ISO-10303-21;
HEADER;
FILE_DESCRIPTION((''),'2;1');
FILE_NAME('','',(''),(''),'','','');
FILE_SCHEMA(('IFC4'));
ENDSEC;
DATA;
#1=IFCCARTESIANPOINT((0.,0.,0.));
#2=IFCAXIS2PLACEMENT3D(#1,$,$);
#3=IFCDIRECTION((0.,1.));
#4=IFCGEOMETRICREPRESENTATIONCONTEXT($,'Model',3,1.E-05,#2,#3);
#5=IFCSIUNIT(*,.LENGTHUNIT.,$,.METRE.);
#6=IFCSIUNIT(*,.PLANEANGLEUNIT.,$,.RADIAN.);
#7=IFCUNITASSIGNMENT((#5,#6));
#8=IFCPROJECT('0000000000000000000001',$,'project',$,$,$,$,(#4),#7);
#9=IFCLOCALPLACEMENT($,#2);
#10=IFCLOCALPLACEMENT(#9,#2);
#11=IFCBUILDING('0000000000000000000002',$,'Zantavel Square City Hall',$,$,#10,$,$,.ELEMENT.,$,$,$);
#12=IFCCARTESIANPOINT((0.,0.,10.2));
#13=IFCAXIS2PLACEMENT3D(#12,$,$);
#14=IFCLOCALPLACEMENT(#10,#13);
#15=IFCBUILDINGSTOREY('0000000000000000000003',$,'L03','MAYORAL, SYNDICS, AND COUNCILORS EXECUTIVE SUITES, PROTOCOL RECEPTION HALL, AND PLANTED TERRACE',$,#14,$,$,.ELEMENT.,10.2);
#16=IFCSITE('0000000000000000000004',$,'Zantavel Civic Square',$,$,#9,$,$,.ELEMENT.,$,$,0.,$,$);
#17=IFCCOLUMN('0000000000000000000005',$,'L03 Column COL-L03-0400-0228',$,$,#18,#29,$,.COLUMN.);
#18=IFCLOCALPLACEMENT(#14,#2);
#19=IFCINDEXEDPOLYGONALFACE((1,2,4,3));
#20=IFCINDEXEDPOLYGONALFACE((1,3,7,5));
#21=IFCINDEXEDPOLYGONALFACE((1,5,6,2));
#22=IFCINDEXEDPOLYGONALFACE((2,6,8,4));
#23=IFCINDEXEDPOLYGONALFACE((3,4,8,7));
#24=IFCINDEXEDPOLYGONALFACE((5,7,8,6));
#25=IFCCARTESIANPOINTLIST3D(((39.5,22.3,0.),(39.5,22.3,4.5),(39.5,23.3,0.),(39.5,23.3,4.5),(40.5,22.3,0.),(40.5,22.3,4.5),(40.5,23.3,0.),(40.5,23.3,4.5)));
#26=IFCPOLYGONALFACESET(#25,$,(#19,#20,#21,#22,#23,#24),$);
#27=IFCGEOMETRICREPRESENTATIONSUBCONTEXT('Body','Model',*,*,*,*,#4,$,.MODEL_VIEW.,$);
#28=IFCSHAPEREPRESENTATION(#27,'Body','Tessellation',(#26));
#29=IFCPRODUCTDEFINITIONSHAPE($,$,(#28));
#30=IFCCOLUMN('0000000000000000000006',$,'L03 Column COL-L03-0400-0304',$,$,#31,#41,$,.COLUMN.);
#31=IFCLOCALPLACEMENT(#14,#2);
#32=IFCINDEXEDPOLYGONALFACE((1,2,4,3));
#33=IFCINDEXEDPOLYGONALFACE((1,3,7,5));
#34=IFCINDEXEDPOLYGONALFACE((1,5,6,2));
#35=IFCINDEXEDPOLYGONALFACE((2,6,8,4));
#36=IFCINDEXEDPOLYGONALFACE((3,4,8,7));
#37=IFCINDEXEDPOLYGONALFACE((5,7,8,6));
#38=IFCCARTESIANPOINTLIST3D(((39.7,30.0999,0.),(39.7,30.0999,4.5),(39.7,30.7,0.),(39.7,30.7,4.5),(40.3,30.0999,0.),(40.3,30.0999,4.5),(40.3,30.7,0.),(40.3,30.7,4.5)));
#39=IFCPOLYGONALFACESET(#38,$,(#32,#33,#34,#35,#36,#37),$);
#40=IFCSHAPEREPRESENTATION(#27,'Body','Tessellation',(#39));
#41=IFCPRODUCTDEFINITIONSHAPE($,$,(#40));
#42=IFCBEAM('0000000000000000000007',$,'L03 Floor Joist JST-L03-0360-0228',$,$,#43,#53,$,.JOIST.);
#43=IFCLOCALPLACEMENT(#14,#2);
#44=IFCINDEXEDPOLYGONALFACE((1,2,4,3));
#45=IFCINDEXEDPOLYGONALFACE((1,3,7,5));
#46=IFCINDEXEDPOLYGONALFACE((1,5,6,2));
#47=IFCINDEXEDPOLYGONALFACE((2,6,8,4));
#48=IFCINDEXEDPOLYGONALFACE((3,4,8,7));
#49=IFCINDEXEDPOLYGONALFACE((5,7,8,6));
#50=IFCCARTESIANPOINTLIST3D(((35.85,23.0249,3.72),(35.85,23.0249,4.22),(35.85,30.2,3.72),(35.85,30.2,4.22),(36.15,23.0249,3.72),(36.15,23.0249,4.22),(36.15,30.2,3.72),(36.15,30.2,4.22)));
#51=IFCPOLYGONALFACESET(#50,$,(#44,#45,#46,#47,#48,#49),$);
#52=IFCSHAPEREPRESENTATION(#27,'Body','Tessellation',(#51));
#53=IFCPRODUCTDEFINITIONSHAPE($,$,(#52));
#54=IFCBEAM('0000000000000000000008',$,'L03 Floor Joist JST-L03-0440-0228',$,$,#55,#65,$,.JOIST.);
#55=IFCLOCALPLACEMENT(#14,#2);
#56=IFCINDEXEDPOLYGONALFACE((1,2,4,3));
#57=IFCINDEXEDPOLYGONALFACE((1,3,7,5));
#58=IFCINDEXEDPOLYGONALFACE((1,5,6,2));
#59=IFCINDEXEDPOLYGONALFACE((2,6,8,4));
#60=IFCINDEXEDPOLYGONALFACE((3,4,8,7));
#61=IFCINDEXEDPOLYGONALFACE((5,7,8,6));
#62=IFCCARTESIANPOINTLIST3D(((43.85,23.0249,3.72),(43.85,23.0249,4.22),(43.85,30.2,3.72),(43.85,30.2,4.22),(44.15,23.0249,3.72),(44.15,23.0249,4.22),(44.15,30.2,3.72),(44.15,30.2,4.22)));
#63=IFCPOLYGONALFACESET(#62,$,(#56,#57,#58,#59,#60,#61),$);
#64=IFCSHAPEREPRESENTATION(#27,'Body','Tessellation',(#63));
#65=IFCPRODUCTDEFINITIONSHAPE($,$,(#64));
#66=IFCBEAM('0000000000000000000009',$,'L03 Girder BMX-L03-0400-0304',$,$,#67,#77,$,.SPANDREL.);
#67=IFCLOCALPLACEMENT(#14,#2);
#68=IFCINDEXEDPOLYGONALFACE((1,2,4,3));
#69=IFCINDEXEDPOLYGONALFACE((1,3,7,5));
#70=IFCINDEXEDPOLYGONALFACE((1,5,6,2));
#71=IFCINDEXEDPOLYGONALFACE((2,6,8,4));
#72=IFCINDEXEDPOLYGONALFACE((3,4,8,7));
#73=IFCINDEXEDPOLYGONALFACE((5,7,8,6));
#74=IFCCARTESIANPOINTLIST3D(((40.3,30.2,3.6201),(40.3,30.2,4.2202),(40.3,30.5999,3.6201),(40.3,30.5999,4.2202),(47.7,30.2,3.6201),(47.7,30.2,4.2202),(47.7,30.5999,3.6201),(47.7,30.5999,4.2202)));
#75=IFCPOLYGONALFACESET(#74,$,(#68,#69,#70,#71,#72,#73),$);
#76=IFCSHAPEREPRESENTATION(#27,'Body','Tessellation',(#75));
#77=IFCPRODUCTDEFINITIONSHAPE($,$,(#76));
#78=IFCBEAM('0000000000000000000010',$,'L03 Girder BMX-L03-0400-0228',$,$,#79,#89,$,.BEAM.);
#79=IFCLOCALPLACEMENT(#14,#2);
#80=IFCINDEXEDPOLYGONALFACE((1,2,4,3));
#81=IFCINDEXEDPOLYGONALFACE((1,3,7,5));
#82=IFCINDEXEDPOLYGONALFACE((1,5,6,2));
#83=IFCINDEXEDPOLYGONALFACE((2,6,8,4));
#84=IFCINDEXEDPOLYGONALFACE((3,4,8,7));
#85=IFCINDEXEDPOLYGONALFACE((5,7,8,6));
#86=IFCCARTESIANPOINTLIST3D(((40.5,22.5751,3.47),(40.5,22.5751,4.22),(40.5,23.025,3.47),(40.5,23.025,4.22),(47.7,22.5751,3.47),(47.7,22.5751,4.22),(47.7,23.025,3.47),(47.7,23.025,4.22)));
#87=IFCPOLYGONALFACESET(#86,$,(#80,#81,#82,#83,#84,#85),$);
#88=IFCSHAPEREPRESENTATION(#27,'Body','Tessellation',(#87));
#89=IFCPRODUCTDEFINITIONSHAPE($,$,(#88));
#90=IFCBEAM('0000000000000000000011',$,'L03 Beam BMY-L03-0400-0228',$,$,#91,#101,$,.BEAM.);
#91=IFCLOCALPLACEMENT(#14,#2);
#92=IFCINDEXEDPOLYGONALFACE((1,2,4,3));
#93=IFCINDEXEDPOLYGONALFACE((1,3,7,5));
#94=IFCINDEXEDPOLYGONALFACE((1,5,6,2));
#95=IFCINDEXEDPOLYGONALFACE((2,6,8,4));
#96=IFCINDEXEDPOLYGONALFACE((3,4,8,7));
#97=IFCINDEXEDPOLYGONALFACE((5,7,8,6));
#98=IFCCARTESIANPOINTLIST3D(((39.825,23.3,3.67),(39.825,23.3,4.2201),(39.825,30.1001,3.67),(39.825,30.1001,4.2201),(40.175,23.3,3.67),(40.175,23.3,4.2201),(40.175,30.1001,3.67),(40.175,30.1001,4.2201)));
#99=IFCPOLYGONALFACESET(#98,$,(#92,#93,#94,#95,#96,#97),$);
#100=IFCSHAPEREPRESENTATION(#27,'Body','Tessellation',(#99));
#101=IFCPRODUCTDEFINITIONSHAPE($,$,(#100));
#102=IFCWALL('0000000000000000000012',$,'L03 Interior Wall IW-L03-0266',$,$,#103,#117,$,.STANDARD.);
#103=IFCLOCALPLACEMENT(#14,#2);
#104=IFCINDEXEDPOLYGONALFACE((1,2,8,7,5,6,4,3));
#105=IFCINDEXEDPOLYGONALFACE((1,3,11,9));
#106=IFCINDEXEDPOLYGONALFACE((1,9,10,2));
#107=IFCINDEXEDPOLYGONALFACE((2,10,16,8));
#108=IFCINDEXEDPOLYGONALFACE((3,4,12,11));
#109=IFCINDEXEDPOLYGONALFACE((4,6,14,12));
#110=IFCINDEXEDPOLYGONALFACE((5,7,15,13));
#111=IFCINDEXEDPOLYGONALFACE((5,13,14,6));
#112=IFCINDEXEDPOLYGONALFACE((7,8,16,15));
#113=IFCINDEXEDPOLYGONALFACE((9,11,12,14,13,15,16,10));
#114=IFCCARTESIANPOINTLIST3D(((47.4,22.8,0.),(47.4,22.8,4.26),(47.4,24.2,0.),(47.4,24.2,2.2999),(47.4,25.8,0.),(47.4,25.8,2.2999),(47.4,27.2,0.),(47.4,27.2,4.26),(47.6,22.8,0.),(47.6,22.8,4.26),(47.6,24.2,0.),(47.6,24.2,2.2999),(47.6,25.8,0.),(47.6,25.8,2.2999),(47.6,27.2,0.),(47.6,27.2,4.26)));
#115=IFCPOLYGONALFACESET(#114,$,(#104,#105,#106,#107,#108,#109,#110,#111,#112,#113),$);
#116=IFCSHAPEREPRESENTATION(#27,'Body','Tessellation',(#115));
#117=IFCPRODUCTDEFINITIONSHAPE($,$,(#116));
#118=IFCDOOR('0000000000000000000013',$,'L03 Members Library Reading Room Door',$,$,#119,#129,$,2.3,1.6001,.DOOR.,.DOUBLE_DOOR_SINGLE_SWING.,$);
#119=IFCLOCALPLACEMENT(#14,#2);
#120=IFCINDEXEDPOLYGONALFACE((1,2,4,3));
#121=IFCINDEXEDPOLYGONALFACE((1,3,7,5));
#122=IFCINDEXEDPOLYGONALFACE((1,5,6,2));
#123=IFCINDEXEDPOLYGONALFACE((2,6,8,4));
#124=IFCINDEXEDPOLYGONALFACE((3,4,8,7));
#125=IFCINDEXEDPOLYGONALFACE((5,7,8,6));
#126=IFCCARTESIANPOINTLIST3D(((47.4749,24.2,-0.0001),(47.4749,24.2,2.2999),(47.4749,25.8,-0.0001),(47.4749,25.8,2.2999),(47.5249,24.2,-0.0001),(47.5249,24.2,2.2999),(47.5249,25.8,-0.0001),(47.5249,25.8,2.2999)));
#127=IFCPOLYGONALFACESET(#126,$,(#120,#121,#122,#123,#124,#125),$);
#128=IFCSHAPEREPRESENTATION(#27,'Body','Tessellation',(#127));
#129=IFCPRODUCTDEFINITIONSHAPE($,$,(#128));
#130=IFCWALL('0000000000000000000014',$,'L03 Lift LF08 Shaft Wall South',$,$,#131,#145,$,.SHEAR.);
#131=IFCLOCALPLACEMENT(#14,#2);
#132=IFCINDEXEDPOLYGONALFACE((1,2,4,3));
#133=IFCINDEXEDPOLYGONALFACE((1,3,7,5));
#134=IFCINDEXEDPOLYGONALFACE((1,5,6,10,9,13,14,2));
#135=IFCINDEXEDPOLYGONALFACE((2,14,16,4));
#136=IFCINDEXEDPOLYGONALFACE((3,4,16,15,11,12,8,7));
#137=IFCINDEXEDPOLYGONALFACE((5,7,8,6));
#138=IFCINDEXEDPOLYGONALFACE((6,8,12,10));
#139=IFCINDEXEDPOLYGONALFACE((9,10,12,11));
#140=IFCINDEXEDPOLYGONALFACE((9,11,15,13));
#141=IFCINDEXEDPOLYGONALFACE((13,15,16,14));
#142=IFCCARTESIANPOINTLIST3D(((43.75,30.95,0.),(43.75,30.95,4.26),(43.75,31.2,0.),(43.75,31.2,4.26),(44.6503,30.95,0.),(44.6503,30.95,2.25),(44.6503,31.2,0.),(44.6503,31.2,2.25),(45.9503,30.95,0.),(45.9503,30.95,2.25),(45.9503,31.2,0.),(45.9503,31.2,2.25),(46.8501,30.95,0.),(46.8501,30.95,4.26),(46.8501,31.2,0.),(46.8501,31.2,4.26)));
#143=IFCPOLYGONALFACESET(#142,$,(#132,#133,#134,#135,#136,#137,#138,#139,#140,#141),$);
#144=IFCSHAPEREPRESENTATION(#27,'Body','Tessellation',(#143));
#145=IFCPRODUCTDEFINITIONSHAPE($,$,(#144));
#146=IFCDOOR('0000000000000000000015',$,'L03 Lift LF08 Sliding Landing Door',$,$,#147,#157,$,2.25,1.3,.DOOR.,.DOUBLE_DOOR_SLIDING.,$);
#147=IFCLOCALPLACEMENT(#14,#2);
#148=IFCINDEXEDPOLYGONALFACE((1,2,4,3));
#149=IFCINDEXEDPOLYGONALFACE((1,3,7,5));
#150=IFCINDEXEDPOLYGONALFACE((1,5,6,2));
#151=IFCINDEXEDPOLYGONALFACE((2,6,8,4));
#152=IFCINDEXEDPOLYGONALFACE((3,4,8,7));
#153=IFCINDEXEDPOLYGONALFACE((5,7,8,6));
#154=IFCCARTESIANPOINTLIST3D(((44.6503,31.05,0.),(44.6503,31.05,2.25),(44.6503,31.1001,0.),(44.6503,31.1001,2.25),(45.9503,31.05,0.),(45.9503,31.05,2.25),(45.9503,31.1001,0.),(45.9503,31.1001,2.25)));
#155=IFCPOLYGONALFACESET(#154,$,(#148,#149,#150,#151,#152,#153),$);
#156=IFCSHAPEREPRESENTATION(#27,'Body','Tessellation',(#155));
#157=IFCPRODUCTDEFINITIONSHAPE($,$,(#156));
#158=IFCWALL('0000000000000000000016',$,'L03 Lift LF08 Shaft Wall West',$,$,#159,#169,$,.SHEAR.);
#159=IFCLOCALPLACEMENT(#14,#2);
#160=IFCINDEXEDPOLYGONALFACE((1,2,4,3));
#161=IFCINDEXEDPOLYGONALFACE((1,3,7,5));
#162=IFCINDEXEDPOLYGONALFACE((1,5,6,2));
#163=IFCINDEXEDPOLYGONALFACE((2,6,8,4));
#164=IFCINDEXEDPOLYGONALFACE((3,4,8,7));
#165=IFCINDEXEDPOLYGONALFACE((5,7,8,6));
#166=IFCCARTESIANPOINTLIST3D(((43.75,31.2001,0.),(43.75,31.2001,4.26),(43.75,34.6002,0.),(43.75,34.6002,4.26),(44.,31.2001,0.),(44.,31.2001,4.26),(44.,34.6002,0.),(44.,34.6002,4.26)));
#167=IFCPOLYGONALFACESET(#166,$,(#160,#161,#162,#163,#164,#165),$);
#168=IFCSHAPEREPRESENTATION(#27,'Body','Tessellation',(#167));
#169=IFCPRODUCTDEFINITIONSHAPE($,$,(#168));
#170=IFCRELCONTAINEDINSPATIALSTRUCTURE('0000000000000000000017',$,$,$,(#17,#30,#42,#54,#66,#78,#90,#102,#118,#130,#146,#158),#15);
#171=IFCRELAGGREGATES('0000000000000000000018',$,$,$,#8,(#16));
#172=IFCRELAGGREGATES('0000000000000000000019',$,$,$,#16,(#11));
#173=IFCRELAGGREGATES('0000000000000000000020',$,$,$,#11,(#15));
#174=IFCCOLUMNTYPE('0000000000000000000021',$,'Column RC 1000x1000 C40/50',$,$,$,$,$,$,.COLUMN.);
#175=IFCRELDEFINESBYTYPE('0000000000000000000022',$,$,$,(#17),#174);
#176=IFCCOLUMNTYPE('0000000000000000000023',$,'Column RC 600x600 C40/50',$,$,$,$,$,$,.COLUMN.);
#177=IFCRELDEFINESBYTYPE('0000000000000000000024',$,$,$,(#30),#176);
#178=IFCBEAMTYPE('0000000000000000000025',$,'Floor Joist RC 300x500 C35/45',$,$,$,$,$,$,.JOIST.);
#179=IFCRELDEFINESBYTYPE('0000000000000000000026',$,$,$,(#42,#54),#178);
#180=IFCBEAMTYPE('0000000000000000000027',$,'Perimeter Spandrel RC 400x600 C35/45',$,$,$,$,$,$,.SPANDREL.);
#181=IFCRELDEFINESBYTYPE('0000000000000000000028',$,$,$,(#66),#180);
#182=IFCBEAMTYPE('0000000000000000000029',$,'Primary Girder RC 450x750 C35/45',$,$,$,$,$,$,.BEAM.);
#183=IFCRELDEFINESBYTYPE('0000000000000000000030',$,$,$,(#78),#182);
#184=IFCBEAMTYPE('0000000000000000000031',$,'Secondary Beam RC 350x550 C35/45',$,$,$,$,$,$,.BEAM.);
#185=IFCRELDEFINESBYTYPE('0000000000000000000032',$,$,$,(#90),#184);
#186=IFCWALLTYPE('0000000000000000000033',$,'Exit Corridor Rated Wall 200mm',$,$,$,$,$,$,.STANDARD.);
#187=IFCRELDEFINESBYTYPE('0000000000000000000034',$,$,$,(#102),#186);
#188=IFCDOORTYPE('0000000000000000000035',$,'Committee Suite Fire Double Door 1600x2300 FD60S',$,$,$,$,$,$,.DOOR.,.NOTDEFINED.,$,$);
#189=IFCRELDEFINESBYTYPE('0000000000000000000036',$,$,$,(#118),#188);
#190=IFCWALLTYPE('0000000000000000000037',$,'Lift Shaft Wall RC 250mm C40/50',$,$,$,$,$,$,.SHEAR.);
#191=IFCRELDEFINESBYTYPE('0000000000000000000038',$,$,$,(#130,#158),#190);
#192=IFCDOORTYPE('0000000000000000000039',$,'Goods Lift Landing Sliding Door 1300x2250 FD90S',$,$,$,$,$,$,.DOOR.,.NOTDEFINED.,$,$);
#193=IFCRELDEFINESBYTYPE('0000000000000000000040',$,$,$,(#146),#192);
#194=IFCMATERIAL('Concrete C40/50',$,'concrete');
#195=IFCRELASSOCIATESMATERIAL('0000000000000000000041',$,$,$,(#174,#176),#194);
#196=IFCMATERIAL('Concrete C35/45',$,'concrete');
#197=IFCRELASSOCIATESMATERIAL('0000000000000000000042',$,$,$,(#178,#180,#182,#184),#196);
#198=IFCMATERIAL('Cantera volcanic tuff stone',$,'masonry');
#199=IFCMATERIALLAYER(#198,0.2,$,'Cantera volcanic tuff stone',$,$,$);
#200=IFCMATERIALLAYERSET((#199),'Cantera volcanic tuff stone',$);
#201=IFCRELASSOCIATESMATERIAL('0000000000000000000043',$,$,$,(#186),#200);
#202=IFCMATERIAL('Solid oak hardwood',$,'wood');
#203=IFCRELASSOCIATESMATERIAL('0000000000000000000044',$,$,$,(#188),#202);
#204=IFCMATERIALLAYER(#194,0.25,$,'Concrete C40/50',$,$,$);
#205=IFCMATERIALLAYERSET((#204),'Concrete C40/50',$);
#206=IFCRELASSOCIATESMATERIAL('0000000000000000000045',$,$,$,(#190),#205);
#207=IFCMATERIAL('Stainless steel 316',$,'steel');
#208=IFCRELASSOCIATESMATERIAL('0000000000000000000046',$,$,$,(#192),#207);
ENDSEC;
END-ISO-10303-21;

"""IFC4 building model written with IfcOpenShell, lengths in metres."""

from ifc_helpers import new_model, si_unit, direction, frame, frame_2d, origin, origin_2d, place, context, subcontext, project, spatial, rectangle, extrude, material, layer, layer_set, material_profile, profile_set, type_object, element, fill, save


model = new_model("IFC4")

# Units and contexts
model_context = context("Model", 3, precision=1e-05, world=origin(), true_north=direction((0.0, 1.0)))
body_context = subcontext(model_context, "Body", "Model", "MODEL_VIEW")
ifc_project = project(units=[si_unit("LENGTHUNIT", "METRE"), si_unit("PLANEANGLEUNIT", "RADIAN")], contexts=[model_context])

# Site, building, storey
site_placement = place(None, origin())
site = spatial("IfcSite", under=ifc_project, at=site_placement, Name="Zantavel Civic Square", CompositionType="ELEMENT", RefElevation=0.0)
building_placement = place(site_placement, origin())
building = spatial("IfcBuilding", under=site, at=building_placement, Name="Zantavel Square City Hall", CompositionType="ELEMENT")
storey_placement = place(building_placement, frame((0.0, 0.0, 10.2)))
storey = spatial("IfcBuildingStorey", under=building, at=storey_placement, Name="L03", Description="MAYORAL, SYNDICS, AND COUNCILORS EXECUTIVE SUITES, PROTOCOL RECEPTION HALL, AND PLANTED TERRACE", CompositionType="ELEMENT", Elevation=10.2)

# Columns
ifc_material_1 = material(Name="Concrete C40/50", Category="concrete")
ifc_material_profile_1 = material_profile(ifc_material_1, rectangle(XDim=1.0, YDim=1.0, at=origin_2d()), Name="RC 1000x1000")
ifc_profile_set_1 = profile_set([ifc_material_profile_1], Name="Concrete C40/50")
column_type_1 = type_object("IfcColumnType", Name="Column RC 1000x1000 C40/50", PredefinedType="COLUMN", material=ifc_profile_set_1)
column_1_placement = place(storey_placement, frame((40.0, 22.8, 0.0), z_axis=(0.0, 0.0, 1.0), x_axis=(1.0, 0.0, 0.0)))
element("IfcColumn", 1, at=column_1_placement, inside=storey, type_object=column_type_1, Name="L03 Column COL-L03-0400-0228", PredefinedType="COLUMN", context=body_context, shape_type="SweptSolid", body=[
    extrude(rectangle(XDim=1.0, YDim=1.0, at=origin_2d()), origin(), (0.0, 0.0, 1.0), 4.5),
])
ifc_material_profile_2 = material_profile(ifc_material_1, rectangle(XDim=0.6001, YDim=0.6001, at=origin_2d()), Name="RC 600x600")
ifc_profile_set_2 = profile_set([ifc_material_profile_2], Name="Concrete C40/50")
column_type_2 = type_object("IfcColumnType", Name="Column RC 600x600 C40/50", PredefinedType="COLUMN", material=ifc_profile_set_2)
column_2_placement = place(storey_placement, frame((40.0, 30.3999, 0.0), z_axis=(0.0, 0.0, 1.0), x_axis=(1.0, 0.0, 0.0)))
element("IfcColumn", 2, at=column_2_placement, inside=storey, type_object=column_type_2, Name="L03 Column COL-L03-0400-0304", PredefinedType="COLUMN", context=body_context, shape_type="SweptSolid", body=[
    extrude(rectangle(XDim=0.6001, YDim=0.6001, at=origin_2d()), origin(), (0.0, 0.0, 1.0), 4.5),
])

# Beams
ifc_material_2 = material(Name="Concrete C35/45", Category="concrete")
ifc_material_profile_3 = material_profile(ifc_material_2, rectangle(XDim=0.3, YDim=0.5, at=origin_2d()), Name="RC 300x500")
ifc_profile_set_3 = profile_set([ifc_material_profile_3], Name="Concrete C35/45")
beam_type_1 = type_object("IfcBeamType", Name="Floor Joist RC 300x500 C35/45", PredefinedType="JOIST", material=ifc_profile_set_3)
for number, where, z_axis, x_axis, name in (
    (3, (36.0, 23.0249, 3.97), (0.0, 1.0, 0.0), (-1.0, 0.0, 0.0), "L03 Floor Joist JST-L03-0360-0228"),
    (4, (44.0, 23.0249, 3.97), (0.0, 1.0, 0.0), (-1.0, 0.0, 0.0), "L03 Floor Joist JST-L03-0440-0228"),
):
    element("IfcBeam", number, at=place(storey_placement, frame(where, z_axis=z_axis, x_axis=x_axis)), inside=storey, type_object=beam_type_1, Name=name, PredefinedType="JOIST", context=body_context, shape_type="SweptSolid", body=[
        extrude(rectangle(XDim=0.3, YDim=0.5, at=origin_2d()), origin(), (0.0, 0.0, 1.0), 7.175),
    ])
ifc_material_profile_4 = material_profile(ifc_material_2, rectangle(XDim=0.3999, YDim=0.6001, at=origin_2d()), Name="RC 400x600")
ifc_profile_set_4 = profile_set([ifc_material_profile_4], Name="Concrete C35/45")
beam_type_2 = type_object("IfcBeamType", Name="Perimeter Spandrel RC 400x600 C35/45", PredefinedType="SPANDREL", material=ifc_profile_set_4)
beam_1_placement = place(storey_placement, frame((40.3, 30.3999, 3.9202), z_axis=(1.0, 0.0, 0.0), x_axis=(0.0, 1.0, 0.0)))
element("IfcBeam", 5, at=beam_1_placement, inside=storey, type_object=beam_type_2, Name="L03 Girder BMX-L03-0400-0304", PredefinedType="SPANDREL", context=body_context, shape_type="SweptSolid", body=[
    extrude(rectangle(XDim=0.3999, YDim=0.6001, at=origin_2d()), origin(), (0.0, 0.0, 1.0), 7.3999),
])
ifc_material_profile_5 = material_profile(ifc_material_2, rectangle(XDim=0.45, YDim=0.75, at=origin_2d()), Name="RC 450x750")
ifc_profile_set_5 = profile_set([ifc_material_profile_5], Name="Concrete C35/45")
beam_type_3 = type_object("IfcBeamType", Name="Primary Girder RC 450x750 C35/45", PredefinedType="BEAM", material=ifc_profile_set_5)
beam_2_placement = place(storey_placement, frame((40.5, 22.8, 3.845), z_axis=(1.0, 0.0, 0.0), x_axis=(0.0, 1.0, 0.0)))
element("IfcBeam", 6, at=beam_2_placement, inside=storey, type_object=beam_type_3, Name="L03 Girder BMX-L03-0400-0228", PredefinedType="BEAM", context=body_context, shape_type="SweptSolid", body=[
    extrude(rectangle(XDim=0.45, YDim=0.75, at=origin_2d()), origin(), (0.0, 0.0, 1.0), 7.2),
])
ifc_material_profile_6 = material_profile(ifc_material_2, rectangle(XDim=0.3501, YDim=0.55, at=origin_2d()), Name="RC 350x550")
ifc_profile_set_6 = profile_set([ifc_material_profile_6], Name="Concrete C35/45")
beam_type_4 = type_object("IfcBeamType", Name="Secondary Beam RC 350x550 C35/45", PredefinedType="BEAM", material=ifc_profile_set_6)
beam_3_placement = place(storey_placement, frame((40.0, 23.3, 3.9451), z_axis=(0.0, 1.0, 0.0), x_axis=(-1.0, 0.0, 0.0)))
element("IfcBeam", 7, at=beam_3_placement, inside=storey, type_object=beam_type_4, Name="L03 Beam BMY-L03-0400-0228", PredefinedType="BEAM", context=body_context, shape_type="SweptSolid", body=[
    extrude(rectangle(XDim=0.3501, YDim=0.55, at=origin_2d()), origin(), (0.0, 0.0, 1.0), 6.8),
])

# Walls, openings, doors
ifc_material_3 = material(Name="Cantera volcanic tuff stone", Category="masonry")
ifc_layer_1 = layer(ifc_material_3, 0.2, Name="Cantera volcanic tuff stone")
ifc_layer_set_1 = layer_set([ifc_layer_1], Name="Cantera volcanic tuff stone")
wall_type_1 = type_object("IfcWallType", Name="Exit Corridor Rated Wall 200mm", PredefinedType="STANDARD", material=ifc_layer_set_1)
wall_1_placement = place(storey_placement, frame((47.5, 27.2, 0.0), z_axis=(0.0, 0.0, 1.0), x_axis=(0.0, -1.0, 0.0)))
wall_1 = element("IfcWall", 8, at=wall_1_placement, inside=storey, type_object=wall_type_1, Name="L03 Interior Wall IW-L03-0266", PredefinedType="STANDARD", context=body_context, shape_type="SweptSolid", body=[
    extrude(rectangle(XDim=4.3999, YDim=0.2, at=frame_2d((2.2, 0.0))), origin(), (0.0, 0.0, 1.0), 4.26),
])
opening_1_placement = place(wall_1_placement, frame((1.3999, 0.0, 0.0)))
opening_1 = element("IfcOpeningElement", 9, at=opening_1_placement, cuts=wall_1, PredefinedType="OPENING", context=body_context, shape_type="SweptSolid", body=[
    extrude(rectangle(XDim=1.6001, YDim=2.3, at=frame_2d((0.8, 1.1499))), frame((0.0, 0.1099, 0.0), z_axis=(0.0, -1.0, 0.0), x_axis=(1.0, 0.0, 0.0)), (0.0, 0.0, 1.0), 0.22),
])
ifc_material_4 = material(Name="Solid oak hardwood", Category="wood")
door_type_1 = type_object("IfcDoorType", Name="Committee Suite Fire Double Door 1600x2300 FD60S", OperationType="NOTDEFINED", PredefinedType="DOOR", material=ifc_material_4)
door_1_placement = place(opening_1_placement, origin())
door_1 = element("IfcDoor", 10, at=door_1_placement, inside=storey, type_object=door_type_1, Name="L03 Members Library Reading Room Door", OperationType="DOUBLE_DOOR_SINGLE_SWING", OverallHeight=2.3, OverallWidth=1.6001, PredefinedType="DOOR", context=body_context, shape_type="SweptSolid", body=[
    extrude(rectangle(XDim=1.6001, YDim=2.3, at=frame_2d((0.8, 1.1499))), frame((0.0, 0.0249, 0.0), z_axis=(0.0, -1.0, 0.0), x_axis=(1.0, 0.0, 0.0)), (0.0, 0.0, 1.0), 0.05),
])
fill(opening_1, door_1)
ifc_layer_2 = layer(ifc_material_1, 0.25, Name="Concrete C40/50")
ifc_layer_set_2 = layer_set([ifc_layer_2], Name="Concrete C40/50")
wall_type_2 = type_object("IfcWallType", Name="Lift Shaft Wall RC 250mm C40/50", PredefinedType="SHEAR", material=ifc_layer_set_2)
wall_2_placement = place(storey_placement, frame((46.8501, 31.075, 0.0), z_axis=(0.0, 0.0, 1.0), x_axis=(-1.0, 0.0, 0.0)))
wall_2 = element("IfcWall", 11, at=wall_2_placement, inside=storey, type_object=wall_type_2, Name="L03 Lift LF08 Shaft Wall South", PredefinedType="SHEAR", context=body_context, shape_type="SweptSolid", body=[
    extrude(rectangle(XDim=3.1001, YDim=0.25, at=frame_2d((1.55, 0.0))), origin(), (0.0, 0.0, 1.0), 4.26),
])
opening_2_placement = place(wall_2_placement, frame((0.8999, 0.0, 0.0)))
opening_2 = element("IfcOpeningElement", 12, at=opening_2_placement, cuts=wall_2, PredefinedType="OPENING", context=body_context, shape_type="SweptSolid", body=[
    extrude(rectangle(XDim=1.3, YDim=2.25, at=frame_2d((0.6499, 1.125))), frame((0.0, 0.135, 0.0), z_axis=(0.0, -1.0, 0.0), x_axis=(1.0, 0.0, 0.0)), (0.0, 0.0, 1.0), 0.27),
])
ifc_material_5 = material(Name="Stainless steel 316", Category="steel")
door_type_2 = type_object("IfcDoorType", Name="Goods Lift Landing Sliding Door 1300x2250 FD90S", OperationType="NOTDEFINED", PredefinedType="DOOR", material=ifc_material_5)
door_2_placement = place(opening_2_placement, origin())
door_2 = element("IfcDoor", 13, at=door_2_placement, inside=storey, type_object=door_type_2, Name="L03 Lift LF08 Sliding Landing Door", OperationType="DOUBLE_DOOR_SLIDING", OverallHeight=2.25, OverallWidth=1.3, PredefinedType="DOOR", context=body_context, shape_type="SweptSolid", body=[
    extrude(rectangle(XDim=1.3, YDim=2.25, at=frame_2d((0.6499, 1.125))), frame((0.0, 0.0249, 0.0), z_axis=(0.0, -1.0, 0.0), x_axis=(1.0, 0.0, 0.0)), (0.0, 0.0, 1.0), 0.05),
])
fill(opening_2, door_2)

# Wall
wall_3_placement = place(storey_placement, frame((43.875, 31.2, 0.0), z_axis=(0.0, 0.0, 1.0), x_axis=(0.0, 1.0, 0.0)))
element("IfcWall", 14, at=wall_3_placement, inside=storey, type_object=wall_type_2, Name="L03 Lift LF08 Shaft Wall West", PredefinedType="SHEAR", context=body_context, shape_type="SweptSolid", body=[
    extrude(rectangle(XDim=3.4001, YDim=0.25, at=frame_2d((1.7002, 0.0))), origin(), (0.0, 0.0, 1.0), 4.26),
])

save(model, "model.ifc")
